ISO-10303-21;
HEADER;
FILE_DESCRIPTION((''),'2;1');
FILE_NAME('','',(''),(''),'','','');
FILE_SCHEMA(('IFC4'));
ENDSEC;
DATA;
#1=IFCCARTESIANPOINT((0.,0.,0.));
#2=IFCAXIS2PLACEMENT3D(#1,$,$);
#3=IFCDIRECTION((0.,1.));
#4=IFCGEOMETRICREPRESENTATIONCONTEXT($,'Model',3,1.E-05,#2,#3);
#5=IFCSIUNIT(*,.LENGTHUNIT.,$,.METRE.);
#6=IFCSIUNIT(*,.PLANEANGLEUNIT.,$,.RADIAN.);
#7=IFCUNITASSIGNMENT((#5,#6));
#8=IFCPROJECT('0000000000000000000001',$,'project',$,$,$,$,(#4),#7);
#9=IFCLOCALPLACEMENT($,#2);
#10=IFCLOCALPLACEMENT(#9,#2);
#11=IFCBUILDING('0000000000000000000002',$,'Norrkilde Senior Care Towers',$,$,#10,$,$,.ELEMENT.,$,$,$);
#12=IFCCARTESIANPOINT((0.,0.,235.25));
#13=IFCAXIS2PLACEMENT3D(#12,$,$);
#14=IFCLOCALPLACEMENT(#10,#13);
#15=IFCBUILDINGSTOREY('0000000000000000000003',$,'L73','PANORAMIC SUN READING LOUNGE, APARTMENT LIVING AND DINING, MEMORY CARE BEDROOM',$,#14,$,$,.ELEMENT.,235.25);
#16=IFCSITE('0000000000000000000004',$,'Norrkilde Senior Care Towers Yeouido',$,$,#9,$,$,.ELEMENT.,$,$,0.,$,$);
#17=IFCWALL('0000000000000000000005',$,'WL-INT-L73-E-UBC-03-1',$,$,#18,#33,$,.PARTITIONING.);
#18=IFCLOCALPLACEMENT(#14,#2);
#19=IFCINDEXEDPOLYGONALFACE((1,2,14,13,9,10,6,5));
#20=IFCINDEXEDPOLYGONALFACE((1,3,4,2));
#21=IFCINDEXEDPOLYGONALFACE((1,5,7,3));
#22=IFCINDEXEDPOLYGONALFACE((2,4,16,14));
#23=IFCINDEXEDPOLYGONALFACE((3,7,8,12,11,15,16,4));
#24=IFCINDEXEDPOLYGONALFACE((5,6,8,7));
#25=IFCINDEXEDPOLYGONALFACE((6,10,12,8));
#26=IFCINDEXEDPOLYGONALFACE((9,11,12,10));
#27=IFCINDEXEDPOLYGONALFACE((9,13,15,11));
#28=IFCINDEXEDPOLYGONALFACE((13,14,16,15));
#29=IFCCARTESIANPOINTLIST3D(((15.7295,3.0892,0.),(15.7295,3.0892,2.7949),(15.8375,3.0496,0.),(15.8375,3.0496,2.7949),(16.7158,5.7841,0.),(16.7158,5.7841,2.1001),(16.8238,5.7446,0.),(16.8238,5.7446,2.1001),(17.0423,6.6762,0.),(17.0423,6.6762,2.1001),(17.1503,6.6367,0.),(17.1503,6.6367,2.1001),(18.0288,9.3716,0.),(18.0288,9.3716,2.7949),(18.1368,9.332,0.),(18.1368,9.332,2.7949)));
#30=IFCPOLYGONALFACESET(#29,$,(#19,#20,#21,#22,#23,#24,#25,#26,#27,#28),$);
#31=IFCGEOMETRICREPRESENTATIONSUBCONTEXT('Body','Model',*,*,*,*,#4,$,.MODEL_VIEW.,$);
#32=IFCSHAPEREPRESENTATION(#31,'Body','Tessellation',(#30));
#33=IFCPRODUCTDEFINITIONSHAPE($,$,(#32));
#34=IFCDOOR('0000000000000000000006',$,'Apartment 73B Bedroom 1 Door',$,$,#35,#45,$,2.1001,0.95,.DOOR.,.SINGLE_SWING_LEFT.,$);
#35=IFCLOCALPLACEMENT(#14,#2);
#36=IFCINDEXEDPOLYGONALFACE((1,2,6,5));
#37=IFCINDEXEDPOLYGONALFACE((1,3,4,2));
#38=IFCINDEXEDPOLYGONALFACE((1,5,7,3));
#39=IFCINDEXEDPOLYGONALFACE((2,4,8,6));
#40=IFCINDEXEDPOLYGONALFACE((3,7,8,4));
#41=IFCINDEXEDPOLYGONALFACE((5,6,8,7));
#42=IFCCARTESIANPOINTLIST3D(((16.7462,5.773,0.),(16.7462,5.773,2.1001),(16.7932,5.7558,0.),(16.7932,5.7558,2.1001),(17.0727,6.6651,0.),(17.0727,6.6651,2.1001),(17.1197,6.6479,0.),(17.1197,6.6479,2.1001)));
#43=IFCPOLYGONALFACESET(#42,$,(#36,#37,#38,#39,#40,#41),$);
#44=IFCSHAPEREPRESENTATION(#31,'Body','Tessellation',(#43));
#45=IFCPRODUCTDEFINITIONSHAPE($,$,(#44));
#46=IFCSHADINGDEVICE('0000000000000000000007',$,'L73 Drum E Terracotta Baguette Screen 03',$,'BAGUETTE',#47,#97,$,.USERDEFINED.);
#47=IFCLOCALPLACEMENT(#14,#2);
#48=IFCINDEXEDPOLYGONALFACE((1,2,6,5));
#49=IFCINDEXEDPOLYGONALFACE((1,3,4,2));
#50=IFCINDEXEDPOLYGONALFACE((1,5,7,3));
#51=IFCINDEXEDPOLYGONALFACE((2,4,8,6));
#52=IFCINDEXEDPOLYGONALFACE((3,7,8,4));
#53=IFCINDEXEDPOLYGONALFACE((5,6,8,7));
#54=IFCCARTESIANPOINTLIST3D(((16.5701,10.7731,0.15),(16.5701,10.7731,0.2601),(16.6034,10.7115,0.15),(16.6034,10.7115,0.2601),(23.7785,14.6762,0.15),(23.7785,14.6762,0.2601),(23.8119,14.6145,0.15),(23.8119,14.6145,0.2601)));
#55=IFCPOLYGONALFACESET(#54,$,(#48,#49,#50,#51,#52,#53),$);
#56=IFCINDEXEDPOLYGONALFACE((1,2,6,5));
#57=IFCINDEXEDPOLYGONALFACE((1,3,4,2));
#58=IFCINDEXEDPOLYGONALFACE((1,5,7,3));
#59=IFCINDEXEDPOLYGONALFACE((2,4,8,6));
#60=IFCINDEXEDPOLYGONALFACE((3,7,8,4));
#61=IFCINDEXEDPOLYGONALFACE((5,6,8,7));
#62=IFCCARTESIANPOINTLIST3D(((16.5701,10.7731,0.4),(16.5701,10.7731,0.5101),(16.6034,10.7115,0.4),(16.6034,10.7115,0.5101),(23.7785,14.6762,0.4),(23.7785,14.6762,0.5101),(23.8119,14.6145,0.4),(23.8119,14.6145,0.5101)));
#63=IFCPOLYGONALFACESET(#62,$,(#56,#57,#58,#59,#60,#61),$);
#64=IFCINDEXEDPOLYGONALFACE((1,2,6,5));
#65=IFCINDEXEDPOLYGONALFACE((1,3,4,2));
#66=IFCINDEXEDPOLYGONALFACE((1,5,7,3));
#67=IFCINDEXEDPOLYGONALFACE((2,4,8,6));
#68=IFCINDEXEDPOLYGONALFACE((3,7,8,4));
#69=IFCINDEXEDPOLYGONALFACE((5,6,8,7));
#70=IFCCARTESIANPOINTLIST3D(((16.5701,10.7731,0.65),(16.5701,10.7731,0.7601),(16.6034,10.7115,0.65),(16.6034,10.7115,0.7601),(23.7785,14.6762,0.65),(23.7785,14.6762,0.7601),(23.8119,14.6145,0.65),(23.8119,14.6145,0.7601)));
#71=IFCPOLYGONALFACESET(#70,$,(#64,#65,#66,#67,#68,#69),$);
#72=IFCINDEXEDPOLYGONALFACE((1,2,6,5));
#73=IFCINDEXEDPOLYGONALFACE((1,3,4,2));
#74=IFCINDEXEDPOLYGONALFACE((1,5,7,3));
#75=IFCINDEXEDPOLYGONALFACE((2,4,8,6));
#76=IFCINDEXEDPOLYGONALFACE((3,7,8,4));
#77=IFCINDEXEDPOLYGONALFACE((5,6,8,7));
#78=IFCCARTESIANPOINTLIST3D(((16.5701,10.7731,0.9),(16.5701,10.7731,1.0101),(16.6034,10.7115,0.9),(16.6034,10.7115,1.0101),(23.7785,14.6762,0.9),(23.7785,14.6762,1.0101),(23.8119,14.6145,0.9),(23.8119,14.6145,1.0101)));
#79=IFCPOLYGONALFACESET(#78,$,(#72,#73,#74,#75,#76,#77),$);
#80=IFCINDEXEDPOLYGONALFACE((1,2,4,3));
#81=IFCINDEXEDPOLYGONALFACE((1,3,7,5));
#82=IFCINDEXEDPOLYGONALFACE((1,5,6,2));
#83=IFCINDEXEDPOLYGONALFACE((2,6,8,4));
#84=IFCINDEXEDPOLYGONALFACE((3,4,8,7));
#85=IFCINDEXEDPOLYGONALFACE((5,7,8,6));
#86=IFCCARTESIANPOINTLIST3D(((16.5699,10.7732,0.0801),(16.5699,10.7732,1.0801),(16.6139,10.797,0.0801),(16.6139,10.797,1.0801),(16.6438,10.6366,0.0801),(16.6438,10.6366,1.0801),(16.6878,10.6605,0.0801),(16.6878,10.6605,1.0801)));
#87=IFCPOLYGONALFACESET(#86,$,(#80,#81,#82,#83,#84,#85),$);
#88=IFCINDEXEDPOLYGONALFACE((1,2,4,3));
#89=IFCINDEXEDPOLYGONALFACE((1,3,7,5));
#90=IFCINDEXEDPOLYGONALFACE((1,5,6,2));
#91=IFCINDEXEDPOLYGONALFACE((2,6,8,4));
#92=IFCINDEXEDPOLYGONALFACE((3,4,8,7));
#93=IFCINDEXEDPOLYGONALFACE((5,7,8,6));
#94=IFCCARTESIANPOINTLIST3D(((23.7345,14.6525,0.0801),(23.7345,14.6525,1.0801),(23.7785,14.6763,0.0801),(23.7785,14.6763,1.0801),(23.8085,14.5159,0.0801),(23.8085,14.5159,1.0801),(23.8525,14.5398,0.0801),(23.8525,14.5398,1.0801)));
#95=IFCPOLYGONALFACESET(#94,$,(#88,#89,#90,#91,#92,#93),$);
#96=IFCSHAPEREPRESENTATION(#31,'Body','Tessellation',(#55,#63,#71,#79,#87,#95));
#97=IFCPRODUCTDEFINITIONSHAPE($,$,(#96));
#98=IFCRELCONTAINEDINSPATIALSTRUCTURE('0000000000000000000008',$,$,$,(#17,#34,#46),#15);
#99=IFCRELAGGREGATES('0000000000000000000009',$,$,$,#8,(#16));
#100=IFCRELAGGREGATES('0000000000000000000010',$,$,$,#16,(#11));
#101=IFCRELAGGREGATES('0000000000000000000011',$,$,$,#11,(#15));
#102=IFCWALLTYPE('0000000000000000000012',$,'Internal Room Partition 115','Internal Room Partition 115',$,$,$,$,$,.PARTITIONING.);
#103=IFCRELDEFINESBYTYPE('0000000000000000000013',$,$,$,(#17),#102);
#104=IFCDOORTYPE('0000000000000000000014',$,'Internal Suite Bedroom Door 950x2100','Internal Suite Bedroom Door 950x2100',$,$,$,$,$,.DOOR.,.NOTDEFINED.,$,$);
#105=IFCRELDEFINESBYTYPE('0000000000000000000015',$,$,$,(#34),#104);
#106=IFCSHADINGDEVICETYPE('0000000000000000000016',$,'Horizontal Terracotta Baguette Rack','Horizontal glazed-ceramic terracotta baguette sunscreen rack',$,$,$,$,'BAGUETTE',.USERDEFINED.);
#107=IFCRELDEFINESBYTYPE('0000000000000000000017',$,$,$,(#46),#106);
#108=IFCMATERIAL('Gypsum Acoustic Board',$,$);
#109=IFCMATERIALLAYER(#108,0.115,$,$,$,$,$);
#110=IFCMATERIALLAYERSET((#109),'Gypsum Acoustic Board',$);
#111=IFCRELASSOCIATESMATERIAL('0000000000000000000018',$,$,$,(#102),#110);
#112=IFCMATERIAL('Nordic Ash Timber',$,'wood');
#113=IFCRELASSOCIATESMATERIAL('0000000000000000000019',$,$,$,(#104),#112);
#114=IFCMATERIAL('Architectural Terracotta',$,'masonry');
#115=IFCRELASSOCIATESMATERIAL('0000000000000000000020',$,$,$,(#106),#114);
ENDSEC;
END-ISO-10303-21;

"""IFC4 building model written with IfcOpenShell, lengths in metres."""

from ifc_helpers import new_model, si_unit, direction, frame, frame_2d, origin, origin_2d, place, context, subcontext, project, spatial, rectangle, extrude, source, transform, mapped, material, layer, layer_set, type_object, type_shapes, element, fill, save


model = new_model("IFC4")

# Units and contexts
model_context = context("Model", 3, precision=1e-05, world=origin(), true_north=direction((0.0, 1.0)))
body_context = subcontext(model_context, "Body", "Model", "MODEL_VIEW")
ifc_project = project(units=[si_unit("LENGTHUNIT", "METRE"), si_unit("PLANEANGLEUNIT", "RADIAN")], contexts=[model_context])

# Site, building, storey
site_placement = place(None, origin())
site = spatial("IfcSite", under=ifc_project, at=site_placement, Name="Norrkilde Senior Care Towers Yeouido", CompositionType="ELEMENT", RefElevation=0.0)
building_placement = place(site_placement, origin())
building = spatial("IfcBuilding", under=site, at=building_placement, Name="Norrkilde Senior Care Towers", CompositionType="ELEMENT")
storey_placement = place(building_placement, frame((0.0, 0.0, 235.25)))
storey = spatial("IfcBuildingStorey", under=building, at=storey_placement, Name="L73", Description="PANORAMIC SUN READING LOUNGE, APARTMENT LIVING AND DINING, MEMORY CARE BEDROOM", CompositionType="ELEMENT", Elevation=235.25)

# Shared definitions
ifc_material_1 = material(Name="Gypsum Acoustic Board")

# Shared definitions
ifc_material_2 = material(Name="Nordic Ash Timber", Category="wood")

# Shared definitions
ifc_layer_1 = layer(ifc_material_1, 0.115)
ifc_layer_set_1 = layer_set([ifc_layer_1], Name="Gypsum Acoustic Board")
wall_type_1 = type_object("IfcWallType", Name="Internal Room Partition 115", Description="Internal Room Partition 115", PredefinedType="PARTITIONING", material=ifc_layer_set_1)

# Wall, opening, door
door_type_1 = type_object("IfcDoorType", Name="Internal Suite Bedroom Door 950x2100", Description="Internal Suite Bedroom Door 950x2100", OperationType="NOTDEFINED", PredefinedType="DOOR", material=ifc_material_2)
shared_shape_1 = source(origin(), body_context, "Body", "SweptSolid", [
    extrude(rectangle(XDim=0.95, YDim=2.1001, at=frame_2d((0.4751, 1.05))), frame((0.0, 0.0249, 0.0), z_axis=(0.0, -1.0, 0.0), x_axis=(1.0, 0.0, 0.0)), (0.0, 0.0, 1.0), 0.05),
])
type_shapes(door_type_1, [shared_shape_1])
shared_shape_2 = source(origin(), body_context, "Body", "SweptSolid", [
    extrude(rectangle(XDim=6.6899, YDim=0.115, at=frame_2d((3.345, 0.0))), origin(), (0.0, 0.0, 1.0), 2.7949),
])
wall_1_placement = place(storey_placement, frame((18.0828, 9.3518, 0.0), z_axis=(0.0, 0.0, 1.0), x_axis=(-0.343694, -0.939082, 0.0)))
wall_1 = element("IfcWall", 1, at=wall_1_placement, inside=storey, type_object=wall_type_1, Name="WL-INT-L73-E-UBC-03-1", PredefinedType="PARTITIONING", context=body_context, shape_type="MappedRepresentation", body=[
    mapped(shared_shape_2, transform((0.0, 0.0, 0.0), x_axis=(1.0, 0.0, 0.0), y_axis=(0.0, 1.0, 0.0), z_axis=(0.0, 0.0, 1.0), scale=1.0)),
])
opening_1_placement = place(wall_1_placement, frame((2.8701, 0.0, 0.0)))
opening_1 = element("IfcOpeningElement", 2, at=opening_1_placement, cuts=wall_1, PredefinedType="OPENING", context=body_context, shape_type="SweptSolid", body=[
    extrude(rectangle(XDim=0.95, YDim=2.1001, at=frame_2d((0.4751, 1.05))), frame((0.0, 0.0674, 0.0), z_axis=(0.0, -1.0, 0.0), x_axis=(1.0, 0.0, 0.0)), (0.0, 0.0, 1.0), 0.135),
])
door_1_placement = place(opening_1_placement, origin())
door_1 = element("IfcDoor", 3, at=door_1_placement, inside=storey, type_object=door_type_1, Name="Apartment 73B Bedroom 1 Door", OperationType="SINGLE_SWING_LEFT", OverallHeight=2.1001, OverallWidth=0.95, PredefinedType="DOOR", context=body_context, shape_type="MappedRepresentation", body=[
    mapped(shared_shape_1, transform((0.0, 0.0, 0.0), x_axis=(1.0, 0.0, 0.0), y_axis=(0.0, 1.0, 0.0), z_axis=(0.0, 0.0, 1.0), scale=1.0)),
])
fill(opening_1, door_1)

# Shading device
ifc_material_3 = material(Name="Architectural Terracotta", Category="masonry")
shading_device_type = type_object("IfcShadingDeviceType", Name="Horizontal Terracotta Baguette Rack", Description="Horizontal glazed-ceramic terracotta baguette sunscreen rack", ElementType="BAGUETTE", PredefinedType="USERDEFINED", material=ifc_material_3)
shared_shape_3 = source(origin(), body_context, "Body", "SweptSolid", [
    extrude(rectangle(XDim=0.0701, YDim=0.1101, at=origin_2d()), frame((0.0, 0.0901, 0.125), z_axis=(1.0, 0.0, 0.0), x_axis=(0.0, 1.0, 0.0)), (0.0, 0.0, 1.0), 8.1973),
    extrude(rectangle(XDim=0.0701, YDim=0.1101, at=origin_2d()), frame((0.0, 0.0901, 0.375), z_axis=(1.0, 0.0, 0.0), x_axis=(0.0, 1.0, 0.0)), (0.0, 0.0, 1.0), 8.1973),
    extrude(rectangle(XDim=0.0701, YDim=0.1101, at=origin_2d()), frame((0.0, 0.0901, 0.625), z_axis=(1.0, 0.0, 0.0), x_axis=(0.0, 1.0, 0.0)), (0.0, 0.0, 1.0), 8.1973),
    extrude(rectangle(XDim=0.0701, YDim=0.1101, at=origin_2d()), frame((0.0, 0.0901, 0.875), z_axis=(1.0, 0.0, 0.0), x_axis=(0.0, 1.0, 0.0)), (0.0, 0.0, 1.0), 8.1973),
    extrude(rectangle(XDim=0.05, YDim=0.1553, at=origin_2d()), frame((0.0249, 0.0476, 0.0)), (0.0, 0.0, 1.0), 1.0),
    extrude(rectangle(XDim=0.05, YDim=0.1553, at=origin_2d()), frame((8.1724, 0.0476, 0.0)), (0.0, 0.0, 1.0), 1.0),
])
type_shapes(shading_device_type, [shared_shape_3])
shading_device_placement = place(storey_placement, frame((16.6296, 10.6631, 0.0801), z_axis=(0.0, 0.0, 1.0), x_axis=(0.879378, 0.476144, 0.0)))
element("IfcShadingDevice", 4, at=shading_device_placement, inside=storey, type_object=shading_device_type, Name="L73 Drum E Terracotta Baguette Screen 03", ObjectType="BAGUETTE", PredefinedType="USERDEFINED", context=body_context, shape_type="MappedRepresentation", body=[
    mapped(shared_shape_3, transform((0.0, 0.0, 0.0), x_axis=(1.0, 0.0, 0.0), y_axis=(0.0, 1.0, 0.0), z_axis=(0.0, 0.0, 1.0), scale=1.0)),
])

save(model, "model.ifc")
